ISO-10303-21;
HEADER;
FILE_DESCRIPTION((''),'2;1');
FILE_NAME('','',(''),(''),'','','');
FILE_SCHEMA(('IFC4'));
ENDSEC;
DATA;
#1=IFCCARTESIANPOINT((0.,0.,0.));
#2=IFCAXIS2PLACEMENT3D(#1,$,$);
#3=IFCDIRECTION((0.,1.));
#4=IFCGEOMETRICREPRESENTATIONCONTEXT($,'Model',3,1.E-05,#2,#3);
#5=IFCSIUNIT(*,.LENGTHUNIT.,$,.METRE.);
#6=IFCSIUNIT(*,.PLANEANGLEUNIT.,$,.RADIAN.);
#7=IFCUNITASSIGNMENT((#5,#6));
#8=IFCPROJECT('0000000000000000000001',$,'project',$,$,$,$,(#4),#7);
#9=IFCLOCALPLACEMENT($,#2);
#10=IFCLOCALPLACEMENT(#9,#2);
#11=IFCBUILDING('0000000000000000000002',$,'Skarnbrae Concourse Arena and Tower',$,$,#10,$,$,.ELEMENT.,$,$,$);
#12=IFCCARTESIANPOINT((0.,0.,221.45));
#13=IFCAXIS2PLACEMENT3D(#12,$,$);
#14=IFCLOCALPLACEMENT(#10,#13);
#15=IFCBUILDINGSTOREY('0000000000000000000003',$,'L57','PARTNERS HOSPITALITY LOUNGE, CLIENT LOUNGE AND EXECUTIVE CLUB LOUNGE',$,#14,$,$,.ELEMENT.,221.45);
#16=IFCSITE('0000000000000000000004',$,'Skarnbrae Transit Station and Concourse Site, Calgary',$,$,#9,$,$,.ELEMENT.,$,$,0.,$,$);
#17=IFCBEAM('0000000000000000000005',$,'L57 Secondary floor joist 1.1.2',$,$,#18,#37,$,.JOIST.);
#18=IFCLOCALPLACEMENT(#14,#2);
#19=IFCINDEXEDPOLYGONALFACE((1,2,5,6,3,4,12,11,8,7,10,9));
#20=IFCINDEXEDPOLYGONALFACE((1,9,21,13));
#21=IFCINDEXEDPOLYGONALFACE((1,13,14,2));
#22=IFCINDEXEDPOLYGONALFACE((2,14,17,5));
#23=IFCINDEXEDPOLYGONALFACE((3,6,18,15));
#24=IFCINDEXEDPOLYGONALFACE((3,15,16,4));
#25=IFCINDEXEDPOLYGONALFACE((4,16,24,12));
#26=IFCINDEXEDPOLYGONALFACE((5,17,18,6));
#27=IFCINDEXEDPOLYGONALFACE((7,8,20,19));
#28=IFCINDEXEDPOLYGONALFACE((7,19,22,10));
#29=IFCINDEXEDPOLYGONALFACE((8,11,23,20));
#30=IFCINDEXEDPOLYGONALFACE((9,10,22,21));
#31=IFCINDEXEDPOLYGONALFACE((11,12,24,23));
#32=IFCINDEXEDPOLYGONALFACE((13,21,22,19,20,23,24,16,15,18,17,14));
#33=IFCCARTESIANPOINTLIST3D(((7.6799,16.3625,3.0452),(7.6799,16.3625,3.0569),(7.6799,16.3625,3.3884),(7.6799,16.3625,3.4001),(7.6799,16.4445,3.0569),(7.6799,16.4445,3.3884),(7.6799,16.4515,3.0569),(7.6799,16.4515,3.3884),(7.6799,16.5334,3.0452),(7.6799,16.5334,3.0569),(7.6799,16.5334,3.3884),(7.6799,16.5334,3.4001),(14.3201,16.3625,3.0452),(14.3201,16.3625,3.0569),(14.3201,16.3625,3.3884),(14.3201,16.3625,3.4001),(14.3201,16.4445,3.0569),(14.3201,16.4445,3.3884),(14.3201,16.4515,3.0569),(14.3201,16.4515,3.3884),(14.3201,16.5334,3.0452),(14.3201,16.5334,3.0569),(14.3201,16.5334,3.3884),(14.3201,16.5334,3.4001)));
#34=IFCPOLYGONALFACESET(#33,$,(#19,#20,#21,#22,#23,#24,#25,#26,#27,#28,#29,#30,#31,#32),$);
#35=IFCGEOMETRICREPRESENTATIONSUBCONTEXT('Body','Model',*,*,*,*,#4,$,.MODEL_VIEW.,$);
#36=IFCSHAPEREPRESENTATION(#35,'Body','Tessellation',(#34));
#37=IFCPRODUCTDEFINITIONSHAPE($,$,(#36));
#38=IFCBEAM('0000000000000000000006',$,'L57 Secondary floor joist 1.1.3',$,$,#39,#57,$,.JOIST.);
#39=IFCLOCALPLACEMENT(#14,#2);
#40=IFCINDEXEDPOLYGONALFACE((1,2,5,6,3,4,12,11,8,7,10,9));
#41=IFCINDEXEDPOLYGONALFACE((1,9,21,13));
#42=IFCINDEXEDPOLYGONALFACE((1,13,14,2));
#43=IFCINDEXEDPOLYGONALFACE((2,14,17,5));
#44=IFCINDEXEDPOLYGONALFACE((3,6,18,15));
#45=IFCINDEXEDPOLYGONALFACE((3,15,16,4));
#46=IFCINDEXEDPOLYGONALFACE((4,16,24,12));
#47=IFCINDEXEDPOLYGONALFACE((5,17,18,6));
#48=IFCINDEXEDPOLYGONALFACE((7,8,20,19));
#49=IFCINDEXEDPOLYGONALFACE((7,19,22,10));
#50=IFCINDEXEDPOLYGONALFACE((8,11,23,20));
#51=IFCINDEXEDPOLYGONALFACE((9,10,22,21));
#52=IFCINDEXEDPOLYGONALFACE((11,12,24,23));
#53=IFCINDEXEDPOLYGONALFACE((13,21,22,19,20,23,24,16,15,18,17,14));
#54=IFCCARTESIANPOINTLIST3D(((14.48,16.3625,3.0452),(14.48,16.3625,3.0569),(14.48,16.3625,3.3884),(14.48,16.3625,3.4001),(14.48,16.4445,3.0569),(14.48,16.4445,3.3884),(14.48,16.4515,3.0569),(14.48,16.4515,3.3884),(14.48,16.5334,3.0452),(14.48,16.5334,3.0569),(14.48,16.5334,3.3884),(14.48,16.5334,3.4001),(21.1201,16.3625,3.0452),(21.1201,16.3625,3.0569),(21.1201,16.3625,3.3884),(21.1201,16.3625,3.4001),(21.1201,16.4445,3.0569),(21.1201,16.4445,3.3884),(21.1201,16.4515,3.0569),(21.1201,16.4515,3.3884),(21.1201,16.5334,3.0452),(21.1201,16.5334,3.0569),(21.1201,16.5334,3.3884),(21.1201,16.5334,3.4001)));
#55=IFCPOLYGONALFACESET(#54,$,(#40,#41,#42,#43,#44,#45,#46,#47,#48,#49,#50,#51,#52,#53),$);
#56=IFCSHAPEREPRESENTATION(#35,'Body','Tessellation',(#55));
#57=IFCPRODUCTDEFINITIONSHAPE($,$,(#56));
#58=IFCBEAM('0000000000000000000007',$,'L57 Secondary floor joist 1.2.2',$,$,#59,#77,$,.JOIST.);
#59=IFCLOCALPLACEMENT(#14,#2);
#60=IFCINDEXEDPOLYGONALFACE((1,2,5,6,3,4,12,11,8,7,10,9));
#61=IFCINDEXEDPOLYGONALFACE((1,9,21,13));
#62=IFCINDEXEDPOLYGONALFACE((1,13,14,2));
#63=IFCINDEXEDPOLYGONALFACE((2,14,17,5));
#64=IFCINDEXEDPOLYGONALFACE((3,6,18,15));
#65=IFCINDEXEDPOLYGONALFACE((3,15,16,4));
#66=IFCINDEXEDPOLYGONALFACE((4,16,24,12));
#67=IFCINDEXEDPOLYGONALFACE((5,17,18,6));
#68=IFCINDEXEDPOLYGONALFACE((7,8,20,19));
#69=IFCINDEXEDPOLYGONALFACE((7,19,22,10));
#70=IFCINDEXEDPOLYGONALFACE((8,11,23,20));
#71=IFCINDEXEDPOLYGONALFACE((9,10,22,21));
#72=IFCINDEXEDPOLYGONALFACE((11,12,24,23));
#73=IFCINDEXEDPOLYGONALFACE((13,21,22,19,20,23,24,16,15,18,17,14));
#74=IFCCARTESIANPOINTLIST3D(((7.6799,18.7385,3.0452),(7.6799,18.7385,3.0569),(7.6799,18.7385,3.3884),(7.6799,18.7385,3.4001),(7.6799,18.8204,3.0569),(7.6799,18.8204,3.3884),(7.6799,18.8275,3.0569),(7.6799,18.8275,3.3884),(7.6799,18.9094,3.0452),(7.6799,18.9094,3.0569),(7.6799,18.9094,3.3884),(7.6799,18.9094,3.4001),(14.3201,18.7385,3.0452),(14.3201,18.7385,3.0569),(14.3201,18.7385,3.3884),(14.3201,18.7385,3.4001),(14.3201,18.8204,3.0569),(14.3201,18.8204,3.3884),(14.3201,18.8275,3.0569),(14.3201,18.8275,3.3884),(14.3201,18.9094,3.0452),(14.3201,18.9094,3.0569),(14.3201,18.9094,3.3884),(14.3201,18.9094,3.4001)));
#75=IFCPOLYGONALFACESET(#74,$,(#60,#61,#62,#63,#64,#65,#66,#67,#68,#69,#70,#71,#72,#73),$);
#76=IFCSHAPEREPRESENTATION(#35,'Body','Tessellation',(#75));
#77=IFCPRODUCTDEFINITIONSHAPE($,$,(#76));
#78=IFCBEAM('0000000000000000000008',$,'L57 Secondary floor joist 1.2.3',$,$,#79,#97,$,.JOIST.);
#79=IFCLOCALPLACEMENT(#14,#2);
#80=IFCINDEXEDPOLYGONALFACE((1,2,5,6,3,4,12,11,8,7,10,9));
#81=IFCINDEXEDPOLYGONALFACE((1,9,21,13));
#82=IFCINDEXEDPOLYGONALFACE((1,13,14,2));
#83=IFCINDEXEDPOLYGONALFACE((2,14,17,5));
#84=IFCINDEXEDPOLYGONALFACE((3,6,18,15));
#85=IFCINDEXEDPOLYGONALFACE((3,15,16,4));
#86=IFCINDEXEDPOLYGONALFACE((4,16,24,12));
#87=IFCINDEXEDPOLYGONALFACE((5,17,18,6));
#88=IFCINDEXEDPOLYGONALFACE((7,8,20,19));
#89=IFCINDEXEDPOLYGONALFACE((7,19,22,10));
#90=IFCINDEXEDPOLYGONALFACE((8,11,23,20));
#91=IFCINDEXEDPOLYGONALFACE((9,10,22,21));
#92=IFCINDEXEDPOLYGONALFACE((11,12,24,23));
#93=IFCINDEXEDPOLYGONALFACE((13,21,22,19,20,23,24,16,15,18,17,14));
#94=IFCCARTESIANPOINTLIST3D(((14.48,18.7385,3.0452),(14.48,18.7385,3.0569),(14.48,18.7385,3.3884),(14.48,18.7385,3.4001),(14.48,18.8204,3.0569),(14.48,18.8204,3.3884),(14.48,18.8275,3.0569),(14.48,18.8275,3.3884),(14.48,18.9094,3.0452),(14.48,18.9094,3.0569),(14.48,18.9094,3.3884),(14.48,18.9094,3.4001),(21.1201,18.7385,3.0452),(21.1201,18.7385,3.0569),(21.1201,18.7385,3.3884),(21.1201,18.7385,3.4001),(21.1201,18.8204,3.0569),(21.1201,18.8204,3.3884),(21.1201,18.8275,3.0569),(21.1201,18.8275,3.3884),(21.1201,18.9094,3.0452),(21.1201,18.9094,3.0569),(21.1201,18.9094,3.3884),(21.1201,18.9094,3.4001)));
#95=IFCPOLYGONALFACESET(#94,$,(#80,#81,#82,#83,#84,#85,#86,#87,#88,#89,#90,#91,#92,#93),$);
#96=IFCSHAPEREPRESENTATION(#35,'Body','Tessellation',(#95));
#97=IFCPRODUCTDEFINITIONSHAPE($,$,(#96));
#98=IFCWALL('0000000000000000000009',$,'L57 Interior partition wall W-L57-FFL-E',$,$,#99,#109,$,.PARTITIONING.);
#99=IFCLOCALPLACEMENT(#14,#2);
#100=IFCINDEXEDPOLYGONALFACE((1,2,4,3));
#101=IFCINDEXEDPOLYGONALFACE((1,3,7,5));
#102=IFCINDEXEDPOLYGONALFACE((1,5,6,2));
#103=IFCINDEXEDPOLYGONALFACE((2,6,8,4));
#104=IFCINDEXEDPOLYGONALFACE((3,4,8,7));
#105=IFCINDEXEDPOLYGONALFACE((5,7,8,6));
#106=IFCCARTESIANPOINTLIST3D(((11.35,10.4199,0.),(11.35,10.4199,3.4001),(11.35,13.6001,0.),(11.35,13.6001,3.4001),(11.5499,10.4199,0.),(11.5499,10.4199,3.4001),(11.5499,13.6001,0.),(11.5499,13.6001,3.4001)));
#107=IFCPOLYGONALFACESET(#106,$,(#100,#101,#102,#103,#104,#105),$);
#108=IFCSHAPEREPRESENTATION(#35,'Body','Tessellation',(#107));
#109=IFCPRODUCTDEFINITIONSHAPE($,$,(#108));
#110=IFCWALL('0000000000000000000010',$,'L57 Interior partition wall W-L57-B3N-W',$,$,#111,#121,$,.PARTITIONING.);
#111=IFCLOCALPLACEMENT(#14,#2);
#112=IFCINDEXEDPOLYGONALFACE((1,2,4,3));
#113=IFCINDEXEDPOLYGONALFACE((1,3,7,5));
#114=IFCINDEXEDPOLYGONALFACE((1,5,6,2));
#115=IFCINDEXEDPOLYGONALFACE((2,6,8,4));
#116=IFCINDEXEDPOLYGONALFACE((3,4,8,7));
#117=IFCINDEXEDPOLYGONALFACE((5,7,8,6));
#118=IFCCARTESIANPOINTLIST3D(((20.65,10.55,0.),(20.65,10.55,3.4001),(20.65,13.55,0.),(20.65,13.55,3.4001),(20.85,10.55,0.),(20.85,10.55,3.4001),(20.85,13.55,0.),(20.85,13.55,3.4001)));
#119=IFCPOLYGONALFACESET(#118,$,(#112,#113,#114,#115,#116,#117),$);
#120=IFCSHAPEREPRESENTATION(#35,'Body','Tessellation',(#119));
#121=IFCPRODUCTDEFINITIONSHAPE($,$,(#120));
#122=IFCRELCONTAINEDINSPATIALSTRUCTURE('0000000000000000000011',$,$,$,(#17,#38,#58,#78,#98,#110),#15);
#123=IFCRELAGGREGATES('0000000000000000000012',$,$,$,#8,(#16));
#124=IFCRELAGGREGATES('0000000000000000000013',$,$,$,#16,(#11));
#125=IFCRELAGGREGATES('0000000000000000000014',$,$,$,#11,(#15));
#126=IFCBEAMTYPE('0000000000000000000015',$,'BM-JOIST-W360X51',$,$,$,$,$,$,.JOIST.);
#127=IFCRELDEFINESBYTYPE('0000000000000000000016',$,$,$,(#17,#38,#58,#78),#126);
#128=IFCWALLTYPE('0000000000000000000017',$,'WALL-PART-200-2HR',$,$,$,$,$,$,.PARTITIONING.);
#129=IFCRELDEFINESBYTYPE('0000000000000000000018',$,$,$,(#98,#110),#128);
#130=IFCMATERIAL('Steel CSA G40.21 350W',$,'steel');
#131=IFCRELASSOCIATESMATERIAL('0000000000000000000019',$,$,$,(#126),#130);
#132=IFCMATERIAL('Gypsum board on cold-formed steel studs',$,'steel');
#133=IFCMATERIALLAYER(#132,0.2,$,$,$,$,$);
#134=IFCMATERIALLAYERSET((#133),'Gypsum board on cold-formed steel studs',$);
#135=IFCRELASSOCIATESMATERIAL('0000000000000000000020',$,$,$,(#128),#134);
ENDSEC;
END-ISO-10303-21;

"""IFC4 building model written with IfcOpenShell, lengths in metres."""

from ifc_helpers import new_model, si_unit, direction, frame, frame_2d, origin, origin_2d, place, context, subcontext, project, spatial, rectangle, i_section, extrude, source, transform, mapped, material, layer, layer_set, material_profile, profile_set, type_object, element, save


model = new_model("IFC4")

# Units and contexts
model_context = context("Model", 3, precision=1e-05, world=origin(), true_north=direction((0.0, 1.0)))
body_context = subcontext(model_context, "Body", "Model", "MODEL_VIEW")
ifc_project = project(units=[si_unit("LENGTHUNIT", "METRE"), si_unit("PLANEANGLEUNIT", "RADIAN")], contexts=[model_context])

# Site, building, storey
site_placement = place(None, origin())
site = spatial("IfcSite", under=ifc_project, at=site_placement, Name="Skarnbrae Transit Station and Concourse Site, Calgary", CompositionType="ELEMENT", RefElevation=0.0)
building_placement = place(site_placement, origin())
building = spatial("IfcBuilding", under=site, at=building_placement, Name="Skarnbrae Concourse Arena and Tower", CompositionType="ELEMENT")
storey_placement = place(building_placement, frame((0.0, 0.0, 221.45)))
storey = spatial("IfcBuildingStorey", under=building, at=storey_placement, Name="L57", Description="PARTNERS HOSPITALITY LOUNGE, CLIENT LOUNGE AND EXECUTIVE CLUB LOUNGE", CompositionType="ELEMENT", Elevation=221.45)

# Shared definitions
ifc_material_1 = material(Name="Steel CSA G40.21 350W", Category="steel")

# Beams
ifc_material_profile_1 = material_profile(ifc_material_1, i_section(OverallWidth=0.1709, OverallDepth=0.355, WebThickness=0.0071, FlangeThickness=0.0117, at=origin_2d()), Name="W360X51")
ifc_profile_set_1 = profile_set([ifc_material_profile_1], Name="Steel CSA G40.21 350W")
beam_type_1 = type_object("IfcBeamType", Name="BM-JOIST-W360X51", PredefinedType="JOIST", material=ifc_profile_set_1)
shared_shape_1 = source(origin(), body_context, "Body", "SweptSolid", [
    extrude(i_section(OverallWidth=0.1709, OverallDepth=0.355, WebThickness=0.0071, FlangeThickness=0.0117, at=origin_2d()), origin(), (0.0, 0.0, 1.0), 6.6401),
])
for number, where, z_axis, x_axis, name in (
    (1, (7.6799, 16.448, 3.2227), (1.0, 0.0, 0.0), (0.0, 1.0, 0.0), "L57 Secondary floor joist 1.1.2"),
    (2, (14.48, 16.448, 3.2227), (1.0, 0.0, 0.0), (0.0, 1.0, 0.0), "L57 Secondary floor joist 1.1.3"),
    (3, (7.6799, 18.824, 3.2227), (1.0, 0.0, 0.0), (0.0, 1.0, 0.0), "L57 Secondary floor joist 1.2.2"),
    (4, (14.48, 18.824, 3.2227), (1.0, 0.0, 0.0), (0.0, 1.0, 0.0), "L57 Secondary floor joist 1.2.3"),
):
    element("IfcBeam", number, at=place(storey_placement, frame(where, z_axis=z_axis, x_axis=x_axis)), inside=storey, type_object=beam_type_1, Name=name, PredefinedType="JOIST", context=body_context, shape_type="MappedRepresentation", body=[
        mapped(shared_shape_1, transform((0.0, 0.0, 0.0))),
    ])

# Wall
ifc_material_2 = material(Name="Gypsum board on cold-formed steel studs", Category="steel")
ifc_layer_1 = layer(ifc_material_2, 0.2)
ifc_layer_set_1 = layer_set([ifc_layer_1], Name="Gypsum board on cold-formed steel studs")
wall_type_1 = type_object("IfcWallType", Name="WALL-PART-200-2HR", PredefinedType="PARTITIONING", material=ifc_layer_set_1)
shared_shape_2 = source(origin(), body_context, "Body", "SweptSolid", [
    extrude(rectangle(XDim=3.1802, YDim=0.2, at=frame_2d((1.5901, 0.0))), origin(), (0.0, 0.0, 1.0), 3.4001),
])
wall_1_placement = place(storey_placement, frame((11.45, 10.4199, 0.0), z_axis=(0.0, 0.0, 1.0), x_axis=(0.0, 1.0, 0.0)))
element("IfcWall", 5, at=wall_1_placement, inside=storey, type_object=wall_type_1, Name="L57 Interior partition wall W-L57-FFL-E", PredefinedType="PARTITIONING", context=body_context, shape_type="MappedRepresentation", body=[
    mapped(shared_shape_2, transform((0.0, 0.0, 0.0))),
])

# Wall
shared_shape_3 = source(origin(), body_context, "Body", "SweptSolid", [
    extrude(rectangle(XDim=3.0, YDim=0.2, at=frame_2d((1.5, 0.0))), origin(), (0.0, 0.0, 1.0), 3.4001),
])
wall_2_placement = place(storey_placement, frame((20.75, 10.55, 0.0), z_axis=(0.0, 0.0, 1.0), x_axis=(0.0, 1.0, 0.0)))
element("IfcWall", 6, at=wall_2_placement, inside=storey, type_object=wall_type_1, Name="L57 Interior partition wall W-L57-B3N-W", PredefinedType="PARTITIONING", context=body_context, shape_type="MappedRepresentation", body=[
    mapped(shared_shape_3, transform((0.0, 0.0, 0.0))),
])

save(model, "model.ifc")
